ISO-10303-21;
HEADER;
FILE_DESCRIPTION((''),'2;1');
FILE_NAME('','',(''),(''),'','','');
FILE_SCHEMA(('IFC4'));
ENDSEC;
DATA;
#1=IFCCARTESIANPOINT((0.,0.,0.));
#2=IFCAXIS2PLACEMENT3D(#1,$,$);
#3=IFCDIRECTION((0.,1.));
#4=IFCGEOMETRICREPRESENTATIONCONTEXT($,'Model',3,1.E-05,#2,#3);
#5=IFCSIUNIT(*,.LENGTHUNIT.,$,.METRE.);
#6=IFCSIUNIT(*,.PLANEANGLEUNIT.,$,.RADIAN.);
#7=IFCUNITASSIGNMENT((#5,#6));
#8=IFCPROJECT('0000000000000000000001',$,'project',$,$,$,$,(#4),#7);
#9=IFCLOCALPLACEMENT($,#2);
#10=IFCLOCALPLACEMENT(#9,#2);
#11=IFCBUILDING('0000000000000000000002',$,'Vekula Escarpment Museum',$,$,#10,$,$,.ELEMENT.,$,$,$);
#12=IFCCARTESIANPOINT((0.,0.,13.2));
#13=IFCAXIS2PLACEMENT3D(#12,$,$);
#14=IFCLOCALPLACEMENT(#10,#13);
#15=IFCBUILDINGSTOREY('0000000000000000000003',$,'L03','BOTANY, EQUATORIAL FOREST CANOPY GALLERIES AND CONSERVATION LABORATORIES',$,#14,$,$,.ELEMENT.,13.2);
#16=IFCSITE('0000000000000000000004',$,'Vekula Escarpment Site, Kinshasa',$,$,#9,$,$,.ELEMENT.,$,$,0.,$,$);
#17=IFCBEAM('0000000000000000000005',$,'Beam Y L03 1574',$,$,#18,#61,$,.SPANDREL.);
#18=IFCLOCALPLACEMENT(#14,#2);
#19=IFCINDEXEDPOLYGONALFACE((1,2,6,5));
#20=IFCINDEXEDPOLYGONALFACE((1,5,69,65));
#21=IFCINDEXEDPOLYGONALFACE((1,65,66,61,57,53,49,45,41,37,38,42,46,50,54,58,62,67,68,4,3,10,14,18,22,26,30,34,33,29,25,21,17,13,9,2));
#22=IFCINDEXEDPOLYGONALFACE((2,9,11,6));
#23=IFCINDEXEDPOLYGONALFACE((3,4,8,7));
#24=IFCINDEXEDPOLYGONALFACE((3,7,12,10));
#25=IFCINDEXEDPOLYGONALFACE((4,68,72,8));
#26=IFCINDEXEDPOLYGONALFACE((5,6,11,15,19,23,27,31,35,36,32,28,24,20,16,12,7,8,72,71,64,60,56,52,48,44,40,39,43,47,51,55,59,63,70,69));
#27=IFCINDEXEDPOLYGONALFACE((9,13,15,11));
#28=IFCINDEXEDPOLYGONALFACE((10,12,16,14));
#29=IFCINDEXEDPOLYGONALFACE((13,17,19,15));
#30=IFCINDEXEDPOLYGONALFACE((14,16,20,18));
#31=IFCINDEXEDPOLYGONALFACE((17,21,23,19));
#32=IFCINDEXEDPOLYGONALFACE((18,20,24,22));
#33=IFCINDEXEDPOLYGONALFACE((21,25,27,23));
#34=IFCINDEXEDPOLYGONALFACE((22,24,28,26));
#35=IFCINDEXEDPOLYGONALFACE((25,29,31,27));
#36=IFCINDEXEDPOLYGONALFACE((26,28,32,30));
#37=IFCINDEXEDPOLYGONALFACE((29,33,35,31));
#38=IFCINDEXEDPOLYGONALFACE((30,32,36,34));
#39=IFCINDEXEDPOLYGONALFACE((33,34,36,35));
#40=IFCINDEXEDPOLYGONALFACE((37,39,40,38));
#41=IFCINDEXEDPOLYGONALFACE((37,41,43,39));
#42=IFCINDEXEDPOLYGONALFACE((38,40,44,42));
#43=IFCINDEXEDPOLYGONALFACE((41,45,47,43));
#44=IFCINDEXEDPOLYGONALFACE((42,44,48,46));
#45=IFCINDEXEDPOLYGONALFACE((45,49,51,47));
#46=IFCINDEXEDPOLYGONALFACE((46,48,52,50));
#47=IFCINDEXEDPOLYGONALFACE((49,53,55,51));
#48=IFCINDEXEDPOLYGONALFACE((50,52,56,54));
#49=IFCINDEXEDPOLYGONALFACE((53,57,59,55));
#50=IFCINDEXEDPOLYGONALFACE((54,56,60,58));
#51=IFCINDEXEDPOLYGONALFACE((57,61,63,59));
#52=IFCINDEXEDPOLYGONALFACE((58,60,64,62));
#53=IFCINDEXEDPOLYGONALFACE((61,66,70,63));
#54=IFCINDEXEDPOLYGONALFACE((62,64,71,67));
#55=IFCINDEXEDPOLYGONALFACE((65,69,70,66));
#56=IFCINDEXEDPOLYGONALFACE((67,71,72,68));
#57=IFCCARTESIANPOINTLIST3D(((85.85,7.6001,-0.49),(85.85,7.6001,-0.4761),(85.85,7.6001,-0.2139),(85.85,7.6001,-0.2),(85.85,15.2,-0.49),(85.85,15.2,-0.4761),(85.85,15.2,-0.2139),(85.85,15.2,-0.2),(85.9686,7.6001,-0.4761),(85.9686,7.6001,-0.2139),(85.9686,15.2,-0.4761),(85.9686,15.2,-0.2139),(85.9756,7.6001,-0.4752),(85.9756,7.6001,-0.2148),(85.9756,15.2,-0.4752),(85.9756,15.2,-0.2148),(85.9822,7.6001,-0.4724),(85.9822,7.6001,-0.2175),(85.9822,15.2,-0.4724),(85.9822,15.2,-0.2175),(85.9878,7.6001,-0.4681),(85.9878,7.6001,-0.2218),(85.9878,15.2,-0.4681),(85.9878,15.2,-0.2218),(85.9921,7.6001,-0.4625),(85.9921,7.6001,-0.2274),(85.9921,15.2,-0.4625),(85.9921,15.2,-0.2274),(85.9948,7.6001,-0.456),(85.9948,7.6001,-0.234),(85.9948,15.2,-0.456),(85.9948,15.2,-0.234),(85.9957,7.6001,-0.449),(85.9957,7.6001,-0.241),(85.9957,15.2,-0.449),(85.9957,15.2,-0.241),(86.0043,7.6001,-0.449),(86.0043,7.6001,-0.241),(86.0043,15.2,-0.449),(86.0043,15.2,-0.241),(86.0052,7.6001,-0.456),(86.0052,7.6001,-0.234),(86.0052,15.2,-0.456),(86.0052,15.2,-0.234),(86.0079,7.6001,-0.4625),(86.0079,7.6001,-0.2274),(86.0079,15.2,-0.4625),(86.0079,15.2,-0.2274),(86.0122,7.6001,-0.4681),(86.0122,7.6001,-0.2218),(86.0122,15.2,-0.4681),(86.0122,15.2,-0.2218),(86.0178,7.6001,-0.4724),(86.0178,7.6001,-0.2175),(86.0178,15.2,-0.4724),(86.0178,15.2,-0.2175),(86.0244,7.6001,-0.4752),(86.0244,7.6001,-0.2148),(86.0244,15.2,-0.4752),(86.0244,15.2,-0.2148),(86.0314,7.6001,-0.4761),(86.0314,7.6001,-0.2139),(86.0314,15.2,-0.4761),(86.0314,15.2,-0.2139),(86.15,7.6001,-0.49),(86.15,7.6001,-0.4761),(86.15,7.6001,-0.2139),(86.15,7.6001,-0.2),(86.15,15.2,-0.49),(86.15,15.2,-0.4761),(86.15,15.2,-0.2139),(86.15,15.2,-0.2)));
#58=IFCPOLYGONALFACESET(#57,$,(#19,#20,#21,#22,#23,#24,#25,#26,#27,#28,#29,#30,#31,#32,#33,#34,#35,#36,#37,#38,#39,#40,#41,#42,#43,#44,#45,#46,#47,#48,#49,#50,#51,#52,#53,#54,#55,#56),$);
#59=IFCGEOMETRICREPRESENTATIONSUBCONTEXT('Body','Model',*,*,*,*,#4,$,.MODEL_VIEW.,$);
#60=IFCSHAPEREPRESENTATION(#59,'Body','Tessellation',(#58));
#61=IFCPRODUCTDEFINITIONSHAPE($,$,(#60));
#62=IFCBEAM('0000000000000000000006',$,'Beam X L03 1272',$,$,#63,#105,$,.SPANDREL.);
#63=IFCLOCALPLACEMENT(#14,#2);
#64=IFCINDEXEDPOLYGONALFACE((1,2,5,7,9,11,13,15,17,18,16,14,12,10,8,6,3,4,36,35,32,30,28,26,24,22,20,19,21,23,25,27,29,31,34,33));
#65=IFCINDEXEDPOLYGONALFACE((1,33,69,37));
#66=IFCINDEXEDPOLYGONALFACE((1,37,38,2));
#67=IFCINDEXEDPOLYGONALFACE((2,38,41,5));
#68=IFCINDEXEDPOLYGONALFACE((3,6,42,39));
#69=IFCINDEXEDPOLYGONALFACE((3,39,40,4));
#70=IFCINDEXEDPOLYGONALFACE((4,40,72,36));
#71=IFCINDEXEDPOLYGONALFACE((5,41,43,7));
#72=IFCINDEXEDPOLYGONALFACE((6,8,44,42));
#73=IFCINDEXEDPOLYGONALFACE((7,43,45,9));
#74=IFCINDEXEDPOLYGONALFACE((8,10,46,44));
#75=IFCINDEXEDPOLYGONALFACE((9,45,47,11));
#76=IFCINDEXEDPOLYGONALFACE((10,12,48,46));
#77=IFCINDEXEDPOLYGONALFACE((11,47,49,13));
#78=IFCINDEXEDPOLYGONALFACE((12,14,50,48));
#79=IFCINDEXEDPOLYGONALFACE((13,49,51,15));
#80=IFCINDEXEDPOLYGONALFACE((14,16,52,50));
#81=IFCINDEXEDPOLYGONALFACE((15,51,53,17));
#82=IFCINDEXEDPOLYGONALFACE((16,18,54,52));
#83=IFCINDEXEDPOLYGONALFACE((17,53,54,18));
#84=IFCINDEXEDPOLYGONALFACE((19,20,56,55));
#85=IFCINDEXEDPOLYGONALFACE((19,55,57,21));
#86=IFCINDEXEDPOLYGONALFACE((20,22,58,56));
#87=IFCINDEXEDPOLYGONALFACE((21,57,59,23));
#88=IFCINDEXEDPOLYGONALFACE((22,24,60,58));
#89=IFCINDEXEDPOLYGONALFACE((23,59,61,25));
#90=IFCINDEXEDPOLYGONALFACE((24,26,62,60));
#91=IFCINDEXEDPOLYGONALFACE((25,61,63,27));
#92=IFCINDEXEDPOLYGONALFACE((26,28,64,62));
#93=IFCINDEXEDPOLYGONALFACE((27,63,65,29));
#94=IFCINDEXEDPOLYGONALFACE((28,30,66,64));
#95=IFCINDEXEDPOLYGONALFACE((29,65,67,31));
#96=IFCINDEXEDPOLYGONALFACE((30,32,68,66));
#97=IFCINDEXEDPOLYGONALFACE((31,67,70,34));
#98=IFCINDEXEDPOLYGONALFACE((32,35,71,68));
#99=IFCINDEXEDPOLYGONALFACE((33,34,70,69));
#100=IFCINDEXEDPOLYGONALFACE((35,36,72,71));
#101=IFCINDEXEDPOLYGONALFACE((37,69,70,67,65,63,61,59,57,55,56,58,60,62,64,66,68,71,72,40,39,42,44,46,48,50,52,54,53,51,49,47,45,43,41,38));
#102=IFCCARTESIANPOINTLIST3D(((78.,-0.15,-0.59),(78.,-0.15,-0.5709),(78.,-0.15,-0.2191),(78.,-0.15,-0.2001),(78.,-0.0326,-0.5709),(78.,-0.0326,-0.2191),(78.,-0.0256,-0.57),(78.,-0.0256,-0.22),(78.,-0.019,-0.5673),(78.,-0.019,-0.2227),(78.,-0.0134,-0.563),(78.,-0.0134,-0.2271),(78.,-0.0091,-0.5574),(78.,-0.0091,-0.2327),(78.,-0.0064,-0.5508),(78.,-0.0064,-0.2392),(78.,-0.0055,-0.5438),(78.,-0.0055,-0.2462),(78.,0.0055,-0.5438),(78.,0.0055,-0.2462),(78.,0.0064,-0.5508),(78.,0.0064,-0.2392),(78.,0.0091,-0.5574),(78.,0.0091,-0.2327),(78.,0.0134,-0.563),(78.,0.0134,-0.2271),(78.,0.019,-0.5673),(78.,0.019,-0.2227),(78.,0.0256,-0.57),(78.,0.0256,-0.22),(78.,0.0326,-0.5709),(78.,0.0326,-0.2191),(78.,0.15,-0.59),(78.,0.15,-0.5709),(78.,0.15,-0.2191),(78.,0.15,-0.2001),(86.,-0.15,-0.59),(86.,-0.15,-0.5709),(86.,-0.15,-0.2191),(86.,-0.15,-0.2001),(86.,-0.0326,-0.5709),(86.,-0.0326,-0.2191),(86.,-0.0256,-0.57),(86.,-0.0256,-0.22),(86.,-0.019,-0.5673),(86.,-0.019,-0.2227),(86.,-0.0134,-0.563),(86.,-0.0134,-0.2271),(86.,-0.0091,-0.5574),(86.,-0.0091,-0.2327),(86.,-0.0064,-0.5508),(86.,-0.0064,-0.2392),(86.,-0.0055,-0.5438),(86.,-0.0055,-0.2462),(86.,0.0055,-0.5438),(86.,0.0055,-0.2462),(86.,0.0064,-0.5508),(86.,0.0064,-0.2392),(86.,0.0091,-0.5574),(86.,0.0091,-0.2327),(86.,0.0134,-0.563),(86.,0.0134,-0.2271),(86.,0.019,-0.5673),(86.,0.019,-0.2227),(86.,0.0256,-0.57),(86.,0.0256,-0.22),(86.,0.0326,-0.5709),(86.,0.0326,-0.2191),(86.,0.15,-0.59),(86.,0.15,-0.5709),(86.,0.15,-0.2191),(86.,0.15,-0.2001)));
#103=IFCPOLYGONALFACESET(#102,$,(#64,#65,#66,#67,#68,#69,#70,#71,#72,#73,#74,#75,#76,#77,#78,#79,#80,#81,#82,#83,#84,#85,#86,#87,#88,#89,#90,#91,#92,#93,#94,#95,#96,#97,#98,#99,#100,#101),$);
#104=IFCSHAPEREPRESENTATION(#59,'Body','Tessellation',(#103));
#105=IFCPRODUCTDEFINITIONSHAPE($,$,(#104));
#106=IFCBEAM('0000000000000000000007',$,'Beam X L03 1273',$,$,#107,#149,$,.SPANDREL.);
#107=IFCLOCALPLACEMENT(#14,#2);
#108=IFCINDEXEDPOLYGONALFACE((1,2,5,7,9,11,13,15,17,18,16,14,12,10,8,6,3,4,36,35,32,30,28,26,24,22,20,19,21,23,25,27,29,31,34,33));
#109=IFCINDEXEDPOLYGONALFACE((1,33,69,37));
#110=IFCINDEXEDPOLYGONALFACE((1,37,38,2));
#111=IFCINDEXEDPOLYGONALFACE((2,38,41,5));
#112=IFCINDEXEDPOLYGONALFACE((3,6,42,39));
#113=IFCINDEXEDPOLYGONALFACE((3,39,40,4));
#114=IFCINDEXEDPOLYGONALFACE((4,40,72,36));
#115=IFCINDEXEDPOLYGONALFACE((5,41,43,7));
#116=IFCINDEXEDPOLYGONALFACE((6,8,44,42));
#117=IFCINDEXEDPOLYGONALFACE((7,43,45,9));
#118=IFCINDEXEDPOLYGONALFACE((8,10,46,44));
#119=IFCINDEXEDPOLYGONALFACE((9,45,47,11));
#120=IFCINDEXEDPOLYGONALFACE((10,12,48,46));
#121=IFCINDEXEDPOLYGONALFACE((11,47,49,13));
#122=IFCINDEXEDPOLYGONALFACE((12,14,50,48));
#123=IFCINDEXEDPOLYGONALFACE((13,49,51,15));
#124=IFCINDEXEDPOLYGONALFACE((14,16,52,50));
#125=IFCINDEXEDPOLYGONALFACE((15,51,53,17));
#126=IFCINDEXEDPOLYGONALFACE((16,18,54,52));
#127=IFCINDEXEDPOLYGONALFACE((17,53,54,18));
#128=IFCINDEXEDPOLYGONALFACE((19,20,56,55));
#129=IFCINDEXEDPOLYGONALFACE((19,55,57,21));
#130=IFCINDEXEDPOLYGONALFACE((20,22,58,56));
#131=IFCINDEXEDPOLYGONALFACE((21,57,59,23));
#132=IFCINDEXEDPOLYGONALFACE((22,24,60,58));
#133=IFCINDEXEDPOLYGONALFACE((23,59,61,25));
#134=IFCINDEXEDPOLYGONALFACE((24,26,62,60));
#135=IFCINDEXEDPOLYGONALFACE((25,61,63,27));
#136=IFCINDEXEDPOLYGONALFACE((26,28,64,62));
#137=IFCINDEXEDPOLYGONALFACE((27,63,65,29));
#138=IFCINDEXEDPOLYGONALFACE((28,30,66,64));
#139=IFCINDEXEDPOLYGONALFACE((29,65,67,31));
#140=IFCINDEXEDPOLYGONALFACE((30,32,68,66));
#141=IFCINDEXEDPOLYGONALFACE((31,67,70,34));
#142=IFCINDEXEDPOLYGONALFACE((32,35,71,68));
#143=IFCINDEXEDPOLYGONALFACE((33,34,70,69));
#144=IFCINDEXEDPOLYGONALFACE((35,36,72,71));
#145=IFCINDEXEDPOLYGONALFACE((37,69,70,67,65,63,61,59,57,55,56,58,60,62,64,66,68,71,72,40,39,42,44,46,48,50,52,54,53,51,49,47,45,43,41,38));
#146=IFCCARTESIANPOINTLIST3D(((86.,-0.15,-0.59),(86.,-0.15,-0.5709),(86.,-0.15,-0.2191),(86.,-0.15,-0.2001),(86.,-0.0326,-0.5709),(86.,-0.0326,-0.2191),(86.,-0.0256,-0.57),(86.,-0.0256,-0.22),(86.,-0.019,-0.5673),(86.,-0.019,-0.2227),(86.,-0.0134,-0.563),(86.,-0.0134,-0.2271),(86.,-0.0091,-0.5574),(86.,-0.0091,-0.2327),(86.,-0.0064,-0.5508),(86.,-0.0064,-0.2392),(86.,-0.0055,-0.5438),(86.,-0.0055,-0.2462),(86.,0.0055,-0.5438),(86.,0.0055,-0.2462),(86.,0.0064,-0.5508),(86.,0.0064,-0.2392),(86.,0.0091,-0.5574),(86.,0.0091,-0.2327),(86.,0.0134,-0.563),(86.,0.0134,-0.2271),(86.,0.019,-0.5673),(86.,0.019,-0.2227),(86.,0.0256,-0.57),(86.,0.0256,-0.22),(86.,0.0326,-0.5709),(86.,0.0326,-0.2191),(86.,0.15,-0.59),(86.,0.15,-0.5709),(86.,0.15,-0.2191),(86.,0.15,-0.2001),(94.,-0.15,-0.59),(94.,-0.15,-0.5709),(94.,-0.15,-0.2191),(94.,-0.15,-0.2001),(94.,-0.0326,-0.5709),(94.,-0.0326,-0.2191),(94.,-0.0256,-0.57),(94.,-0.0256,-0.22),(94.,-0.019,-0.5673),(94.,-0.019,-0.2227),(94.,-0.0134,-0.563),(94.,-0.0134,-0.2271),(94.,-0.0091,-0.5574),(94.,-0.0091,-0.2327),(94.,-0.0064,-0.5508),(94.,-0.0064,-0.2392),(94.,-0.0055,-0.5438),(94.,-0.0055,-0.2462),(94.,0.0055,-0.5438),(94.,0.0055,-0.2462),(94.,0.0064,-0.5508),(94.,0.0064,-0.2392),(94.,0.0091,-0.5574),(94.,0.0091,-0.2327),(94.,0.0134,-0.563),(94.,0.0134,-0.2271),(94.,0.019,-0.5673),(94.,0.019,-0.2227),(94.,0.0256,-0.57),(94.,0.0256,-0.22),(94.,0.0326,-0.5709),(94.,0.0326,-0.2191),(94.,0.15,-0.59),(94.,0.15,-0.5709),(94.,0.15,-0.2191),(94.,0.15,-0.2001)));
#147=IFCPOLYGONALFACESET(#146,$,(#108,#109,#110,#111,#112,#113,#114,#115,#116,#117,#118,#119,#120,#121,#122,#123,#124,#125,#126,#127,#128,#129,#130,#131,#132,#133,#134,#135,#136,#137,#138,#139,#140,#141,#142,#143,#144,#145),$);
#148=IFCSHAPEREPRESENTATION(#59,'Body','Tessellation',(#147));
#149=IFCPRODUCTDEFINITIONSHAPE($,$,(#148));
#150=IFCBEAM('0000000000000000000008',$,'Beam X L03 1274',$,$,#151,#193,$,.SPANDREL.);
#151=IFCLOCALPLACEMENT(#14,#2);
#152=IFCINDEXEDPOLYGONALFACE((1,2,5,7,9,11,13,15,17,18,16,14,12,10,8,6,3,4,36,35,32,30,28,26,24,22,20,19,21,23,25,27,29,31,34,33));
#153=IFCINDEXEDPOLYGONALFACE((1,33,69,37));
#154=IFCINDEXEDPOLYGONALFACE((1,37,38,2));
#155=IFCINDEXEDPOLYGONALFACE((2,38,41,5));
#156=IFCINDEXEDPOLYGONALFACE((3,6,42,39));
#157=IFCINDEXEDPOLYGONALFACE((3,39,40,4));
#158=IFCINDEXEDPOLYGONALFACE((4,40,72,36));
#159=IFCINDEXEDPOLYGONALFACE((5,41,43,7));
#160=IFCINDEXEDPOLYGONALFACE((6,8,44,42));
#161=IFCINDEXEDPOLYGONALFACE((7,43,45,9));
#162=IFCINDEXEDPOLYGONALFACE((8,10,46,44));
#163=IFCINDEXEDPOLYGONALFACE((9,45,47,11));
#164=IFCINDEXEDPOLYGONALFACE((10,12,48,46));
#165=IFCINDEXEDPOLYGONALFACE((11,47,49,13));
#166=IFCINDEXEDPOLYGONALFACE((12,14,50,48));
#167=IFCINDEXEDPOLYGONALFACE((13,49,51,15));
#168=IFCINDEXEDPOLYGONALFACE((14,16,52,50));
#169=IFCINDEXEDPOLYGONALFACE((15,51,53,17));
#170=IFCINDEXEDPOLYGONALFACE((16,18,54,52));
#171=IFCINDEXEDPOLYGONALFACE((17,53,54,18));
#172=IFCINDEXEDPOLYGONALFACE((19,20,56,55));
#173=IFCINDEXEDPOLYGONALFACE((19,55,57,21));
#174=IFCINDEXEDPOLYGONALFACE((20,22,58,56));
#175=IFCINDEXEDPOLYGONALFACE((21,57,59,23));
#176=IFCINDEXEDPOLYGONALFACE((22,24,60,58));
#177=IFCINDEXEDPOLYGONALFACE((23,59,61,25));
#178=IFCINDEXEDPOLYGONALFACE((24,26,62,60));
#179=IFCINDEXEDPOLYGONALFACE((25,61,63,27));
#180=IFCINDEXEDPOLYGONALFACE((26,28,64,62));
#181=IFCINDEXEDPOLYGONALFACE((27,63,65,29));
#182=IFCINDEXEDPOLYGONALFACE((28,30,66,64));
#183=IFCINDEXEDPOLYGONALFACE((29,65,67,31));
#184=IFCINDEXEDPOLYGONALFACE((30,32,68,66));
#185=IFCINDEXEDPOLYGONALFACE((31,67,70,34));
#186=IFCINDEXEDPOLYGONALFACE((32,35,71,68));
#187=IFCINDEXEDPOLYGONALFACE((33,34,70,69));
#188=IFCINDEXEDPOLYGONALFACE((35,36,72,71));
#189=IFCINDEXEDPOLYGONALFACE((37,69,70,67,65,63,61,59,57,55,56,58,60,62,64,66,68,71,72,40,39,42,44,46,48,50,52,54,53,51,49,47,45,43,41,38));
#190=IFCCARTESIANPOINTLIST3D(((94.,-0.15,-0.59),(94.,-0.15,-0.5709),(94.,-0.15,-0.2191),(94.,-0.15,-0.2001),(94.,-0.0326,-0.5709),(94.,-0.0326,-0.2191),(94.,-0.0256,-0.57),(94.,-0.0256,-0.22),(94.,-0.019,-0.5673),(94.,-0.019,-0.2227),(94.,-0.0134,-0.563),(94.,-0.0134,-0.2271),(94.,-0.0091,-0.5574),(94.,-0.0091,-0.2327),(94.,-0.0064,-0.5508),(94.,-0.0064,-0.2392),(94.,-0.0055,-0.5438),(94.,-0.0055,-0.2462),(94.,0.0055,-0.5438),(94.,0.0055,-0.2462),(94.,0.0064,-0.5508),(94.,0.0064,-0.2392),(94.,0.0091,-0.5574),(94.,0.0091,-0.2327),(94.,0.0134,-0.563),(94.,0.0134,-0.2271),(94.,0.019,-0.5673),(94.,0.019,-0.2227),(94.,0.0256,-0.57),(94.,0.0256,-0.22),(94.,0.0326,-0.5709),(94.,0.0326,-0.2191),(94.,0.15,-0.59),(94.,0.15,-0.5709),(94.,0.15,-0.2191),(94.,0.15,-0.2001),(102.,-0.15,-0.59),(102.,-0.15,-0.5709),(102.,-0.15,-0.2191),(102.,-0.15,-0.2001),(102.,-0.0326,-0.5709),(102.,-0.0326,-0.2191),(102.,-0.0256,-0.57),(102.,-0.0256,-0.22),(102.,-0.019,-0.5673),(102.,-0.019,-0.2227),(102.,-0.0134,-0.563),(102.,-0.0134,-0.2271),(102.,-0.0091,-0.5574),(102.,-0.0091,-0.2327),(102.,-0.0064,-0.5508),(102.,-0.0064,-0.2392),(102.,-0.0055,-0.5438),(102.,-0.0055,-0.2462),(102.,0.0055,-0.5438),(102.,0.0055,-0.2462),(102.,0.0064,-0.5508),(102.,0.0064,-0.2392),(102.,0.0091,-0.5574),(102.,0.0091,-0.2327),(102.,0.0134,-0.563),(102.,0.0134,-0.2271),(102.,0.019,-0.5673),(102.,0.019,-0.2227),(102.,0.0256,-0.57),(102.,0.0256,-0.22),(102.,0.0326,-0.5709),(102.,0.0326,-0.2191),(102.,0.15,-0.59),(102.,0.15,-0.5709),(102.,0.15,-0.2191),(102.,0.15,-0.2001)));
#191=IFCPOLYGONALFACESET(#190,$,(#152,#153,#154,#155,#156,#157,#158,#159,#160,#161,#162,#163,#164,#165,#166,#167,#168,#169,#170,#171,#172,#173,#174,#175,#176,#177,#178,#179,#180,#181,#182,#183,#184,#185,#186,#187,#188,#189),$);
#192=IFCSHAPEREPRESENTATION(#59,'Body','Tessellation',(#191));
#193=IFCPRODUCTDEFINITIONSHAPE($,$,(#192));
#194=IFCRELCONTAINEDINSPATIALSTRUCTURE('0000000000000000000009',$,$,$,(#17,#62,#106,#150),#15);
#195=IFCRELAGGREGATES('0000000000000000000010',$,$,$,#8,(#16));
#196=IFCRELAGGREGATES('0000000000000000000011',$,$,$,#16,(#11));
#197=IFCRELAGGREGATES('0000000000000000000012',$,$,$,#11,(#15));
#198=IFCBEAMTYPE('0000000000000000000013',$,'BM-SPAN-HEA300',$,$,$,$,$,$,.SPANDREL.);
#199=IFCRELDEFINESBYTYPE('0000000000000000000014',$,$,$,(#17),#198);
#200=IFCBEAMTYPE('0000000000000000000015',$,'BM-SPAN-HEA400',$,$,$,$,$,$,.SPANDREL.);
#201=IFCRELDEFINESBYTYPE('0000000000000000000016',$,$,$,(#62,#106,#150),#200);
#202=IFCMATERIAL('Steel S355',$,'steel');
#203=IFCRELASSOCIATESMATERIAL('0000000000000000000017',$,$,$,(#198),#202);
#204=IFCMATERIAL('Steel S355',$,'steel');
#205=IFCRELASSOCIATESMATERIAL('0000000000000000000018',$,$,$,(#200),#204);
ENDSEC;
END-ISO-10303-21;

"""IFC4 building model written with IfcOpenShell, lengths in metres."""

from ifc_helpers import new_model, si_unit, direction, frame, origin, origin_2d, place, context, subcontext, project, spatial, i_section, extrude, material, material_profile, profile_set, type_object, element, save


model = new_model("IFC4")

# Units and contexts
model_context = context("Model", 3, precision=1e-05, world=origin(), true_north=direction((0.0, 1.0)))
body_context = subcontext(model_context, "Body", "Model", "MODEL_VIEW")
ifc_project = project(units=[si_unit("LENGTHUNIT", "METRE"), si_unit("PLANEANGLEUNIT", "RADIAN")], contexts=[model_context])

# Site, building, storey
site_placement = place(None, origin())
site = spatial("IfcSite", under=ifc_project, at=site_placement, Name="Vekula Escarpment Site, Kinshasa", CompositionType="ELEMENT", RefElevation=0.0)
building_placement = place(site_placement, origin())
building = spatial("IfcBuilding", under=site, at=building_placement, Name="Vekula Escarpment Museum", CompositionType="ELEMENT")
storey_placement = place(building_placement, frame((0.0, 0.0, 13.2)))
storey = spatial("IfcBuildingStorey", under=building, at=storey_placement, Name="L03", Description="BOTANY, EQUATORIAL FOREST CANOPY GALLERIES AND CONSERVATION LABORATORIES", CompositionType="ELEMENT", Elevation=13.2)

# Beams
ifc_material_1 = material(Name="Steel S355", Category="steel")
ifc_material_profile_1 = material_profile(ifc_material_1, i_section(OverallWidth=0.3, OverallDepth=0.29, WebThickness=0.0085, FlangeThickness=0.0139, FilletRadius=0.0271, at=origin_2d()), Name="HEA 300")
ifc_profile_set_1 = profile_set([ifc_material_profile_1], Name="Steel S355")
beam_type_1 = type_object("IfcBeamType", Name="BM-SPAN-HEA300", PredefinedType="SPANDREL", material=ifc_profile_set_1)
beam_1_placement = place(storey_placement, frame((86.0, 7.6001, -0.345), z_axis=(0.0, 1.0, 0.0), x_axis=(-1.0, 0.0, 0.0)))
element("IfcBeam", 1, at=beam_1_placement, inside=storey, type_object=beam_type_1, Name="Beam Y L03 1574", PredefinedType="SPANDREL", context=body_context, shape_type="SweptSolid", body=[
    extrude(i_section(OverallWidth=0.3, OverallDepth=0.29, WebThickness=0.0085, FlangeThickness=0.0139, FilletRadius=0.0271, at=origin_2d()), origin(), (0.0, 0.0, 1.0), 7.5999),
])
ifc_material_2 = material(Name="Steel S355", Category="steel")
ifc_material_profile_2 = material_profile(ifc_material_2, i_section(OverallWidth=0.3, OverallDepth=0.3899, WebThickness=0.011, FlangeThickness=0.019, FilletRadius=0.0271, at=origin_2d()), Name="HEA 400")
ifc_profile_set_2 = profile_set([ifc_material_profile_2], Name="Steel S355")
beam_type_2 = type_object("IfcBeamType", Name="BM-SPAN-HEA400", PredefinedType="SPANDREL", material=ifc_profile_set_2)
for number, where, z_axis, x_axis, name in (
    (2, (78.0, 0.0, -0.395), (1.0, 0.0, 0.0), (0.0, 1.0, 0.0), "Beam X L03 1272"),
    (3, (86.0, 0.0, -0.395), (1.0, 0.0, 0.0), (0.0, 1.0, 0.0), "Beam X L03 1273"),
    (4, (94.0, 0.0, -0.395), (1.0, 0.0, 0.0), (0.0, 1.0, 0.0), "Beam X L03 1274"),
):
    element("IfcBeam", number, at=place(storey_placement, frame(where, z_axis=z_axis, x_axis=x_axis)), inside=storey, type_object=beam_type_2, Name=name, PredefinedType="SPANDREL", context=body_context, shape_type="SweptSolid", body=[
        extrude(i_section(OverallWidth=0.3, OverallDepth=0.3899, WebThickness=0.011, FlangeThickness=0.019, FilletRadius=0.0271, at=origin_2d()), origin(), (0.0, 0.0, 1.0), 8.0),
    ])

save(model, "model.ifc")
